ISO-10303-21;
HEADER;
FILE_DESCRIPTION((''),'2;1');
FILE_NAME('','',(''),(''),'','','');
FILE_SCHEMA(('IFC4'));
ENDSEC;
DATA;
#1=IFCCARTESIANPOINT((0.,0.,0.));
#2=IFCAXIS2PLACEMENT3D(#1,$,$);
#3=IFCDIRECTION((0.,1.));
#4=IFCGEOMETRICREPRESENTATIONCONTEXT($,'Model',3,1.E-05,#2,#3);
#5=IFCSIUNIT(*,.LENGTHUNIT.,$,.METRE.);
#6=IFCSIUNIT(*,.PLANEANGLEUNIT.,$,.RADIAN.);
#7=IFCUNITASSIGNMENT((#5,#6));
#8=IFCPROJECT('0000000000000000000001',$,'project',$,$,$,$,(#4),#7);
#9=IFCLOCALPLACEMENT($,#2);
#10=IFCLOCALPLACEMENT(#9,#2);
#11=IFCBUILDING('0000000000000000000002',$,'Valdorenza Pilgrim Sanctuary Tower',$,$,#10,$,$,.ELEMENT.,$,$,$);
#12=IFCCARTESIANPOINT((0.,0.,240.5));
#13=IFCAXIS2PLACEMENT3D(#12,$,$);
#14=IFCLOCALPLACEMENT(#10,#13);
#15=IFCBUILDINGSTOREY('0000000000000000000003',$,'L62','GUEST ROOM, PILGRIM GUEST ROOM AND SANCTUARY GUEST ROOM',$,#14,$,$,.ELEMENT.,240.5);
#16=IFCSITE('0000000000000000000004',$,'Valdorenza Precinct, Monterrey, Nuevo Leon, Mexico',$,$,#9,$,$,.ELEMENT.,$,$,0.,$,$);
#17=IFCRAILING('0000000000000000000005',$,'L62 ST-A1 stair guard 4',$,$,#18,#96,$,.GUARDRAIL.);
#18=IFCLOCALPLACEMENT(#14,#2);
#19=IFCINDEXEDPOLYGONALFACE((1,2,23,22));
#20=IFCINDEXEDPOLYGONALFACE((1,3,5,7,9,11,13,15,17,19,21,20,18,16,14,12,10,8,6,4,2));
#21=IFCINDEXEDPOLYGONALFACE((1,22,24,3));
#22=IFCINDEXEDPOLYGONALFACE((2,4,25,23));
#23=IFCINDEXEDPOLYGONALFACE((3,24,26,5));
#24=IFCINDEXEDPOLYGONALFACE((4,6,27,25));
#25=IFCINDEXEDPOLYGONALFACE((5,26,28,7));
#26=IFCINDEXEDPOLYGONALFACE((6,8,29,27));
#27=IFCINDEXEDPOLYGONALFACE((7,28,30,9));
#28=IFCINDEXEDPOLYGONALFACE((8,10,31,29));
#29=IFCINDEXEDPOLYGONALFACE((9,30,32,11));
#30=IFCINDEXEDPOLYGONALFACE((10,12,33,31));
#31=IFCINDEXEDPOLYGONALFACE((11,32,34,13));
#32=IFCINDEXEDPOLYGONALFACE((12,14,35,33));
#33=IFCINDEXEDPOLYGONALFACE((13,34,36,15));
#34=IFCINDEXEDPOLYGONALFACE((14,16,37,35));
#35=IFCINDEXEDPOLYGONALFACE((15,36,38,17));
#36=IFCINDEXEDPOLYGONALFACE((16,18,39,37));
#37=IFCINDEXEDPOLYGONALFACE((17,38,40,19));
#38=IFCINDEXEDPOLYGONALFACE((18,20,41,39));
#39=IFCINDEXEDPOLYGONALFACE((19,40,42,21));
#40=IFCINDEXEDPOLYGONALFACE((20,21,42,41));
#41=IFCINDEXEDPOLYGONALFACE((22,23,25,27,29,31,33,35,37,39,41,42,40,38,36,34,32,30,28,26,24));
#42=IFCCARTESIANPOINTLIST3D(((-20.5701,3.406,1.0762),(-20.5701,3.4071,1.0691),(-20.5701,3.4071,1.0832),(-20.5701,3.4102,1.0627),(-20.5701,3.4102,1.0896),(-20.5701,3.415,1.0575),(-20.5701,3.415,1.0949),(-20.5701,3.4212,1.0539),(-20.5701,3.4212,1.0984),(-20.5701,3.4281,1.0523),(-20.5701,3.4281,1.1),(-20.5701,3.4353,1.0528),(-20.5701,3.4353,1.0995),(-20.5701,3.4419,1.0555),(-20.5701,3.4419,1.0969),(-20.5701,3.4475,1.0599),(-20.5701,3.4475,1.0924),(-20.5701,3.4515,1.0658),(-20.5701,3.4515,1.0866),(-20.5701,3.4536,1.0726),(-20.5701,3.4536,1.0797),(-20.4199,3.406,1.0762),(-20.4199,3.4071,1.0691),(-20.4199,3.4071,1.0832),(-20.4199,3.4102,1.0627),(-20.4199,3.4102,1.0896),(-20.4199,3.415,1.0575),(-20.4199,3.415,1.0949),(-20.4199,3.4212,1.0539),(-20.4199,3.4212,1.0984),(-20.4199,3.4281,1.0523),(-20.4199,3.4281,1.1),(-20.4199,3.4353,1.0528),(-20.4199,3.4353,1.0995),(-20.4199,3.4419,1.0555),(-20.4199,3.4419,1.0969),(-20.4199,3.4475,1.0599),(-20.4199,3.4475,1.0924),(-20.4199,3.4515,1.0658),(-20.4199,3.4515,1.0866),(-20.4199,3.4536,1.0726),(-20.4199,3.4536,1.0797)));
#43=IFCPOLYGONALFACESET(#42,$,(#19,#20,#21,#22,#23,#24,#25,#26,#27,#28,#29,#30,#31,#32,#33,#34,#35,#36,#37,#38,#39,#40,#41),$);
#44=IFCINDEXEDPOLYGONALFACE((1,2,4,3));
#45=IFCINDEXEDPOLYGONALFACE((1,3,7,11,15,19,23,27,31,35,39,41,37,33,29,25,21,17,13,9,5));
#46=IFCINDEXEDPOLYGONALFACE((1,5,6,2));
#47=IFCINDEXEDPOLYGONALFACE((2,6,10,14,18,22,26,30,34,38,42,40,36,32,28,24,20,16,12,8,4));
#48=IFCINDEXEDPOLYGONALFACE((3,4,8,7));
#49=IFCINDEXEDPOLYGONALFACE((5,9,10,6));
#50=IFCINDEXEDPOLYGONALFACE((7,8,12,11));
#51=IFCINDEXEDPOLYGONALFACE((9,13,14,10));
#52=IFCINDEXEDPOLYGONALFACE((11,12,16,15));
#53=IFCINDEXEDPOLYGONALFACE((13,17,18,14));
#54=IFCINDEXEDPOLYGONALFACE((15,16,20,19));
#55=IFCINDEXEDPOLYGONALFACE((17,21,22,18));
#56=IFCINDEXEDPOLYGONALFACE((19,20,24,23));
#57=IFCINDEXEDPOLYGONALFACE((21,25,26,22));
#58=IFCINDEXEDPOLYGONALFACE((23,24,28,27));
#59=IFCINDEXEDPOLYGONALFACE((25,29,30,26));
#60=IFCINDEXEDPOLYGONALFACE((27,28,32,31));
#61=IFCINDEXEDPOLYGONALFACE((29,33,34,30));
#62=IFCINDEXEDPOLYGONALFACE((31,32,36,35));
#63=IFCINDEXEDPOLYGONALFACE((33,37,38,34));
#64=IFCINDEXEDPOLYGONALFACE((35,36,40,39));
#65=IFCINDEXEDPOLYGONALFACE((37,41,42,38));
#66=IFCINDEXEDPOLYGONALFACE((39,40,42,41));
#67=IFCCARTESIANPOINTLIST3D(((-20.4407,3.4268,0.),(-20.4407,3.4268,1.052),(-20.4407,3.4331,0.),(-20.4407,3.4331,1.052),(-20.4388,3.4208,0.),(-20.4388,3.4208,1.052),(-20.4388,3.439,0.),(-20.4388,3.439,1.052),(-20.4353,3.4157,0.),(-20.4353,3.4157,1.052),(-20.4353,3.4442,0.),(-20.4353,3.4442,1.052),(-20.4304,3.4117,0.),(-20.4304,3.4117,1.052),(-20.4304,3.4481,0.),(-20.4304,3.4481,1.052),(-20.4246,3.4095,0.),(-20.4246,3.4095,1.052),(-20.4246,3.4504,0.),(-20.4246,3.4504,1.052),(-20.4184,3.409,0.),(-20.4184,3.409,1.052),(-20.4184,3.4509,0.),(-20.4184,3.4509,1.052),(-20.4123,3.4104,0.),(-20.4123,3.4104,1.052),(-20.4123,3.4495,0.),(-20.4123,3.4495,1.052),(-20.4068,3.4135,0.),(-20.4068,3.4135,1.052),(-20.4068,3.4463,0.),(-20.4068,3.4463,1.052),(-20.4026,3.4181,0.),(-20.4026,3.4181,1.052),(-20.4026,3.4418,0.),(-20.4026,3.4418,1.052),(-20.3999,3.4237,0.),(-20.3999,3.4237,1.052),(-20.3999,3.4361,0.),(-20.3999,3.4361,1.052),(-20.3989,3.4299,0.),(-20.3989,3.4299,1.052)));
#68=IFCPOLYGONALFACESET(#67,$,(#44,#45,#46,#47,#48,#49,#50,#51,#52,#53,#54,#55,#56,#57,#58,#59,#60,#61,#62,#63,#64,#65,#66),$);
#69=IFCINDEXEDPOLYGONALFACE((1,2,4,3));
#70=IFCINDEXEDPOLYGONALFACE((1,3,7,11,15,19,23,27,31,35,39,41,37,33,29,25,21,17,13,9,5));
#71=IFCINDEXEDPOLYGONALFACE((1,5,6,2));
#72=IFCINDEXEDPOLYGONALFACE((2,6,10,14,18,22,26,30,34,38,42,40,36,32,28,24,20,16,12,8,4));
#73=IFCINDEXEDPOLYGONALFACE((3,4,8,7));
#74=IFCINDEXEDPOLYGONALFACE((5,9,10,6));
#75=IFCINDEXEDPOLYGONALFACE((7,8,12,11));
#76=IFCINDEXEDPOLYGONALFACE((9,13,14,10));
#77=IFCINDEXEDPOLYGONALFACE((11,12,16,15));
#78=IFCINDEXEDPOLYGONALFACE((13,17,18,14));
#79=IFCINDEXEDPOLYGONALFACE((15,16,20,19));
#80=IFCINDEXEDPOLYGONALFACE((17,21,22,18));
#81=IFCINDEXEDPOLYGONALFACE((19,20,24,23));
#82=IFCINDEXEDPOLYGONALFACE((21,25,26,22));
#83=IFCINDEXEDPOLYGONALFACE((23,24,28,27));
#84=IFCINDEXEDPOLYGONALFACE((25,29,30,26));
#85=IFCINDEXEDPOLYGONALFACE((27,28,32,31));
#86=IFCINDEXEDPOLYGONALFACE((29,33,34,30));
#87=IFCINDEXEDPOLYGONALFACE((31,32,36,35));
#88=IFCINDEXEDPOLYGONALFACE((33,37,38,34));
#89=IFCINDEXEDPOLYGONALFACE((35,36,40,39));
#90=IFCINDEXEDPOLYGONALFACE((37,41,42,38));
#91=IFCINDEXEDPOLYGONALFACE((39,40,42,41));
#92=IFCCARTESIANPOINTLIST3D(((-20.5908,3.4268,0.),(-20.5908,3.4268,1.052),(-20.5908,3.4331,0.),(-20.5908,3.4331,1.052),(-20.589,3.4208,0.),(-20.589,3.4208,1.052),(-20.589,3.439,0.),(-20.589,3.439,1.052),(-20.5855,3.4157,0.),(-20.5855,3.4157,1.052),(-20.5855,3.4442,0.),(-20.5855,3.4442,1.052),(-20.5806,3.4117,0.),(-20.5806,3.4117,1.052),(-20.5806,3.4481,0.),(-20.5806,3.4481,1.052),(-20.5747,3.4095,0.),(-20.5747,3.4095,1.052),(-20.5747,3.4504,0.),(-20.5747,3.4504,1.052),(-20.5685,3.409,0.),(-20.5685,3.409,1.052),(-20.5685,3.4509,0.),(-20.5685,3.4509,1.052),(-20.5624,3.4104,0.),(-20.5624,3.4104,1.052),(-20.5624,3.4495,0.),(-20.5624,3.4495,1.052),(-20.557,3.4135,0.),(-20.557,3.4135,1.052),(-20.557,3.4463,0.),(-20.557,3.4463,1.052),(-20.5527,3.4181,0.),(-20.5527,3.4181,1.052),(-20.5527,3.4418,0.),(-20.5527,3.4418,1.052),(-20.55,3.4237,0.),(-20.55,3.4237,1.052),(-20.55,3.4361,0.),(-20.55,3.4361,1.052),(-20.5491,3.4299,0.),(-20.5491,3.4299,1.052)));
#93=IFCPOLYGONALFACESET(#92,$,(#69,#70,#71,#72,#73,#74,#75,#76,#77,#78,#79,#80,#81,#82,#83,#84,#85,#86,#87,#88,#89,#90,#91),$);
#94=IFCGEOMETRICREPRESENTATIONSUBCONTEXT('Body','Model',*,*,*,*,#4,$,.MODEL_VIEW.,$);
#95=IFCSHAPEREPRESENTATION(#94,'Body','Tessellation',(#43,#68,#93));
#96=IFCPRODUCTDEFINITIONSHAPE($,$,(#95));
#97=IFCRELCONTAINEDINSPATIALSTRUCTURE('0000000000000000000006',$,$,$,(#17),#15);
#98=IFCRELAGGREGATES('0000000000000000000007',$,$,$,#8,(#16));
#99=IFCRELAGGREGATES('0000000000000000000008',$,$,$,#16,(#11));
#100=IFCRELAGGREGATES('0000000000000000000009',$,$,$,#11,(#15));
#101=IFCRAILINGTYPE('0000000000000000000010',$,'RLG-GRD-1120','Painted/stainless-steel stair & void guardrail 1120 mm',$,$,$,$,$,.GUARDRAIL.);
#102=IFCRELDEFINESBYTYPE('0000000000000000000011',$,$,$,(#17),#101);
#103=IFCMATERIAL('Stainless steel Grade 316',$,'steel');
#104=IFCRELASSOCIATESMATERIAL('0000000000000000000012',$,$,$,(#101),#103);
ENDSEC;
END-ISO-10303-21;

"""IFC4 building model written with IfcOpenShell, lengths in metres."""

from ifc_helpers import new_model, si_unit, direction, frame, origin, origin_2d, place, context, subcontext, project, spatial, circle, extrude, material, type_object, element, save


model = new_model("IFC4")

# Units and contexts
model_context = context("Model", 3, precision=1e-05, world=origin(), true_north=direction((0.0, 1.0)))
body_context = subcontext(model_context, "Body", "Model", "MODEL_VIEW")
ifc_project = project(units=[si_unit("LENGTHUNIT", "METRE"), si_unit("PLANEANGLEUNIT", "RADIAN")], contexts=[model_context])

# Site, building, storey
site_placement = place(None, origin())
site = spatial("IfcSite", under=ifc_project, at=site_placement, Name="Valdorenza Precinct, Monterrey, Nuevo Leon, Mexico", CompositionType="ELEMENT", RefElevation=0.0)
building_placement = place(site_placement, origin())
building = spatial("IfcBuilding", under=site, at=building_placement, Name="Valdorenza Pilgrim Sanctuary Tower", CompositionType="ELEMENT")
storey_placement = place(building_placement, frame((0.0, 0.0, 240.5)))
storey = spatial("IfcBuildingStorey", under=building, at=storey_placement, Name="L62", Description="GUEST ROOM, PILGRIM GUEST ROOM AND SANCTUARY GUEST ROOM", CompositionType="ELEMENT", Elevation=240.5)

# Railing
ifc_material_1 = material(Name="Stainless steel Grade 316", Category="steel")
railing_type_1 = type_object("IfcRailingType", Name="RLG-GRD-1120", Description="Painted/stainless-steel stair & void guardrail 1120 mm", PredefinedType="GUARDRAIL", material=ifc_material_1)
railing_1_placement = place(storey_placement, frame((-20.4199, 3.4299, 0.0)))
element("IfcRailing", 1, at=railing_1_placement, inside=storey, type_object=railing_type_1, Name="L62 ST-A1 stair guard 4", PredefinedType="GUARDRAIL", context=body_context, shape_type="SweptSolid", body=[
    extrude(circle(Radius=0.0239, at=origin_2d()), frame((0.0, 0.0, 1.0762), z_axis=(-1.0, 0.0, 0.0), x_axis=(0.0, -1.0, 0.0)), (0.0, 0.0, 1.0), 0.1501),
    extrude(circle(Radius=0.021, at=origin_2d()), origin(), (0.0, 0.0, 1.0), 1.052),
    extrude(circle(Radius=0.021, at=origin_2d()), frame((-0.1501, 0.0, 0.0)), (0.0, 0.0, 1.0), 1.052),
])

save(model, "model.ifc")
